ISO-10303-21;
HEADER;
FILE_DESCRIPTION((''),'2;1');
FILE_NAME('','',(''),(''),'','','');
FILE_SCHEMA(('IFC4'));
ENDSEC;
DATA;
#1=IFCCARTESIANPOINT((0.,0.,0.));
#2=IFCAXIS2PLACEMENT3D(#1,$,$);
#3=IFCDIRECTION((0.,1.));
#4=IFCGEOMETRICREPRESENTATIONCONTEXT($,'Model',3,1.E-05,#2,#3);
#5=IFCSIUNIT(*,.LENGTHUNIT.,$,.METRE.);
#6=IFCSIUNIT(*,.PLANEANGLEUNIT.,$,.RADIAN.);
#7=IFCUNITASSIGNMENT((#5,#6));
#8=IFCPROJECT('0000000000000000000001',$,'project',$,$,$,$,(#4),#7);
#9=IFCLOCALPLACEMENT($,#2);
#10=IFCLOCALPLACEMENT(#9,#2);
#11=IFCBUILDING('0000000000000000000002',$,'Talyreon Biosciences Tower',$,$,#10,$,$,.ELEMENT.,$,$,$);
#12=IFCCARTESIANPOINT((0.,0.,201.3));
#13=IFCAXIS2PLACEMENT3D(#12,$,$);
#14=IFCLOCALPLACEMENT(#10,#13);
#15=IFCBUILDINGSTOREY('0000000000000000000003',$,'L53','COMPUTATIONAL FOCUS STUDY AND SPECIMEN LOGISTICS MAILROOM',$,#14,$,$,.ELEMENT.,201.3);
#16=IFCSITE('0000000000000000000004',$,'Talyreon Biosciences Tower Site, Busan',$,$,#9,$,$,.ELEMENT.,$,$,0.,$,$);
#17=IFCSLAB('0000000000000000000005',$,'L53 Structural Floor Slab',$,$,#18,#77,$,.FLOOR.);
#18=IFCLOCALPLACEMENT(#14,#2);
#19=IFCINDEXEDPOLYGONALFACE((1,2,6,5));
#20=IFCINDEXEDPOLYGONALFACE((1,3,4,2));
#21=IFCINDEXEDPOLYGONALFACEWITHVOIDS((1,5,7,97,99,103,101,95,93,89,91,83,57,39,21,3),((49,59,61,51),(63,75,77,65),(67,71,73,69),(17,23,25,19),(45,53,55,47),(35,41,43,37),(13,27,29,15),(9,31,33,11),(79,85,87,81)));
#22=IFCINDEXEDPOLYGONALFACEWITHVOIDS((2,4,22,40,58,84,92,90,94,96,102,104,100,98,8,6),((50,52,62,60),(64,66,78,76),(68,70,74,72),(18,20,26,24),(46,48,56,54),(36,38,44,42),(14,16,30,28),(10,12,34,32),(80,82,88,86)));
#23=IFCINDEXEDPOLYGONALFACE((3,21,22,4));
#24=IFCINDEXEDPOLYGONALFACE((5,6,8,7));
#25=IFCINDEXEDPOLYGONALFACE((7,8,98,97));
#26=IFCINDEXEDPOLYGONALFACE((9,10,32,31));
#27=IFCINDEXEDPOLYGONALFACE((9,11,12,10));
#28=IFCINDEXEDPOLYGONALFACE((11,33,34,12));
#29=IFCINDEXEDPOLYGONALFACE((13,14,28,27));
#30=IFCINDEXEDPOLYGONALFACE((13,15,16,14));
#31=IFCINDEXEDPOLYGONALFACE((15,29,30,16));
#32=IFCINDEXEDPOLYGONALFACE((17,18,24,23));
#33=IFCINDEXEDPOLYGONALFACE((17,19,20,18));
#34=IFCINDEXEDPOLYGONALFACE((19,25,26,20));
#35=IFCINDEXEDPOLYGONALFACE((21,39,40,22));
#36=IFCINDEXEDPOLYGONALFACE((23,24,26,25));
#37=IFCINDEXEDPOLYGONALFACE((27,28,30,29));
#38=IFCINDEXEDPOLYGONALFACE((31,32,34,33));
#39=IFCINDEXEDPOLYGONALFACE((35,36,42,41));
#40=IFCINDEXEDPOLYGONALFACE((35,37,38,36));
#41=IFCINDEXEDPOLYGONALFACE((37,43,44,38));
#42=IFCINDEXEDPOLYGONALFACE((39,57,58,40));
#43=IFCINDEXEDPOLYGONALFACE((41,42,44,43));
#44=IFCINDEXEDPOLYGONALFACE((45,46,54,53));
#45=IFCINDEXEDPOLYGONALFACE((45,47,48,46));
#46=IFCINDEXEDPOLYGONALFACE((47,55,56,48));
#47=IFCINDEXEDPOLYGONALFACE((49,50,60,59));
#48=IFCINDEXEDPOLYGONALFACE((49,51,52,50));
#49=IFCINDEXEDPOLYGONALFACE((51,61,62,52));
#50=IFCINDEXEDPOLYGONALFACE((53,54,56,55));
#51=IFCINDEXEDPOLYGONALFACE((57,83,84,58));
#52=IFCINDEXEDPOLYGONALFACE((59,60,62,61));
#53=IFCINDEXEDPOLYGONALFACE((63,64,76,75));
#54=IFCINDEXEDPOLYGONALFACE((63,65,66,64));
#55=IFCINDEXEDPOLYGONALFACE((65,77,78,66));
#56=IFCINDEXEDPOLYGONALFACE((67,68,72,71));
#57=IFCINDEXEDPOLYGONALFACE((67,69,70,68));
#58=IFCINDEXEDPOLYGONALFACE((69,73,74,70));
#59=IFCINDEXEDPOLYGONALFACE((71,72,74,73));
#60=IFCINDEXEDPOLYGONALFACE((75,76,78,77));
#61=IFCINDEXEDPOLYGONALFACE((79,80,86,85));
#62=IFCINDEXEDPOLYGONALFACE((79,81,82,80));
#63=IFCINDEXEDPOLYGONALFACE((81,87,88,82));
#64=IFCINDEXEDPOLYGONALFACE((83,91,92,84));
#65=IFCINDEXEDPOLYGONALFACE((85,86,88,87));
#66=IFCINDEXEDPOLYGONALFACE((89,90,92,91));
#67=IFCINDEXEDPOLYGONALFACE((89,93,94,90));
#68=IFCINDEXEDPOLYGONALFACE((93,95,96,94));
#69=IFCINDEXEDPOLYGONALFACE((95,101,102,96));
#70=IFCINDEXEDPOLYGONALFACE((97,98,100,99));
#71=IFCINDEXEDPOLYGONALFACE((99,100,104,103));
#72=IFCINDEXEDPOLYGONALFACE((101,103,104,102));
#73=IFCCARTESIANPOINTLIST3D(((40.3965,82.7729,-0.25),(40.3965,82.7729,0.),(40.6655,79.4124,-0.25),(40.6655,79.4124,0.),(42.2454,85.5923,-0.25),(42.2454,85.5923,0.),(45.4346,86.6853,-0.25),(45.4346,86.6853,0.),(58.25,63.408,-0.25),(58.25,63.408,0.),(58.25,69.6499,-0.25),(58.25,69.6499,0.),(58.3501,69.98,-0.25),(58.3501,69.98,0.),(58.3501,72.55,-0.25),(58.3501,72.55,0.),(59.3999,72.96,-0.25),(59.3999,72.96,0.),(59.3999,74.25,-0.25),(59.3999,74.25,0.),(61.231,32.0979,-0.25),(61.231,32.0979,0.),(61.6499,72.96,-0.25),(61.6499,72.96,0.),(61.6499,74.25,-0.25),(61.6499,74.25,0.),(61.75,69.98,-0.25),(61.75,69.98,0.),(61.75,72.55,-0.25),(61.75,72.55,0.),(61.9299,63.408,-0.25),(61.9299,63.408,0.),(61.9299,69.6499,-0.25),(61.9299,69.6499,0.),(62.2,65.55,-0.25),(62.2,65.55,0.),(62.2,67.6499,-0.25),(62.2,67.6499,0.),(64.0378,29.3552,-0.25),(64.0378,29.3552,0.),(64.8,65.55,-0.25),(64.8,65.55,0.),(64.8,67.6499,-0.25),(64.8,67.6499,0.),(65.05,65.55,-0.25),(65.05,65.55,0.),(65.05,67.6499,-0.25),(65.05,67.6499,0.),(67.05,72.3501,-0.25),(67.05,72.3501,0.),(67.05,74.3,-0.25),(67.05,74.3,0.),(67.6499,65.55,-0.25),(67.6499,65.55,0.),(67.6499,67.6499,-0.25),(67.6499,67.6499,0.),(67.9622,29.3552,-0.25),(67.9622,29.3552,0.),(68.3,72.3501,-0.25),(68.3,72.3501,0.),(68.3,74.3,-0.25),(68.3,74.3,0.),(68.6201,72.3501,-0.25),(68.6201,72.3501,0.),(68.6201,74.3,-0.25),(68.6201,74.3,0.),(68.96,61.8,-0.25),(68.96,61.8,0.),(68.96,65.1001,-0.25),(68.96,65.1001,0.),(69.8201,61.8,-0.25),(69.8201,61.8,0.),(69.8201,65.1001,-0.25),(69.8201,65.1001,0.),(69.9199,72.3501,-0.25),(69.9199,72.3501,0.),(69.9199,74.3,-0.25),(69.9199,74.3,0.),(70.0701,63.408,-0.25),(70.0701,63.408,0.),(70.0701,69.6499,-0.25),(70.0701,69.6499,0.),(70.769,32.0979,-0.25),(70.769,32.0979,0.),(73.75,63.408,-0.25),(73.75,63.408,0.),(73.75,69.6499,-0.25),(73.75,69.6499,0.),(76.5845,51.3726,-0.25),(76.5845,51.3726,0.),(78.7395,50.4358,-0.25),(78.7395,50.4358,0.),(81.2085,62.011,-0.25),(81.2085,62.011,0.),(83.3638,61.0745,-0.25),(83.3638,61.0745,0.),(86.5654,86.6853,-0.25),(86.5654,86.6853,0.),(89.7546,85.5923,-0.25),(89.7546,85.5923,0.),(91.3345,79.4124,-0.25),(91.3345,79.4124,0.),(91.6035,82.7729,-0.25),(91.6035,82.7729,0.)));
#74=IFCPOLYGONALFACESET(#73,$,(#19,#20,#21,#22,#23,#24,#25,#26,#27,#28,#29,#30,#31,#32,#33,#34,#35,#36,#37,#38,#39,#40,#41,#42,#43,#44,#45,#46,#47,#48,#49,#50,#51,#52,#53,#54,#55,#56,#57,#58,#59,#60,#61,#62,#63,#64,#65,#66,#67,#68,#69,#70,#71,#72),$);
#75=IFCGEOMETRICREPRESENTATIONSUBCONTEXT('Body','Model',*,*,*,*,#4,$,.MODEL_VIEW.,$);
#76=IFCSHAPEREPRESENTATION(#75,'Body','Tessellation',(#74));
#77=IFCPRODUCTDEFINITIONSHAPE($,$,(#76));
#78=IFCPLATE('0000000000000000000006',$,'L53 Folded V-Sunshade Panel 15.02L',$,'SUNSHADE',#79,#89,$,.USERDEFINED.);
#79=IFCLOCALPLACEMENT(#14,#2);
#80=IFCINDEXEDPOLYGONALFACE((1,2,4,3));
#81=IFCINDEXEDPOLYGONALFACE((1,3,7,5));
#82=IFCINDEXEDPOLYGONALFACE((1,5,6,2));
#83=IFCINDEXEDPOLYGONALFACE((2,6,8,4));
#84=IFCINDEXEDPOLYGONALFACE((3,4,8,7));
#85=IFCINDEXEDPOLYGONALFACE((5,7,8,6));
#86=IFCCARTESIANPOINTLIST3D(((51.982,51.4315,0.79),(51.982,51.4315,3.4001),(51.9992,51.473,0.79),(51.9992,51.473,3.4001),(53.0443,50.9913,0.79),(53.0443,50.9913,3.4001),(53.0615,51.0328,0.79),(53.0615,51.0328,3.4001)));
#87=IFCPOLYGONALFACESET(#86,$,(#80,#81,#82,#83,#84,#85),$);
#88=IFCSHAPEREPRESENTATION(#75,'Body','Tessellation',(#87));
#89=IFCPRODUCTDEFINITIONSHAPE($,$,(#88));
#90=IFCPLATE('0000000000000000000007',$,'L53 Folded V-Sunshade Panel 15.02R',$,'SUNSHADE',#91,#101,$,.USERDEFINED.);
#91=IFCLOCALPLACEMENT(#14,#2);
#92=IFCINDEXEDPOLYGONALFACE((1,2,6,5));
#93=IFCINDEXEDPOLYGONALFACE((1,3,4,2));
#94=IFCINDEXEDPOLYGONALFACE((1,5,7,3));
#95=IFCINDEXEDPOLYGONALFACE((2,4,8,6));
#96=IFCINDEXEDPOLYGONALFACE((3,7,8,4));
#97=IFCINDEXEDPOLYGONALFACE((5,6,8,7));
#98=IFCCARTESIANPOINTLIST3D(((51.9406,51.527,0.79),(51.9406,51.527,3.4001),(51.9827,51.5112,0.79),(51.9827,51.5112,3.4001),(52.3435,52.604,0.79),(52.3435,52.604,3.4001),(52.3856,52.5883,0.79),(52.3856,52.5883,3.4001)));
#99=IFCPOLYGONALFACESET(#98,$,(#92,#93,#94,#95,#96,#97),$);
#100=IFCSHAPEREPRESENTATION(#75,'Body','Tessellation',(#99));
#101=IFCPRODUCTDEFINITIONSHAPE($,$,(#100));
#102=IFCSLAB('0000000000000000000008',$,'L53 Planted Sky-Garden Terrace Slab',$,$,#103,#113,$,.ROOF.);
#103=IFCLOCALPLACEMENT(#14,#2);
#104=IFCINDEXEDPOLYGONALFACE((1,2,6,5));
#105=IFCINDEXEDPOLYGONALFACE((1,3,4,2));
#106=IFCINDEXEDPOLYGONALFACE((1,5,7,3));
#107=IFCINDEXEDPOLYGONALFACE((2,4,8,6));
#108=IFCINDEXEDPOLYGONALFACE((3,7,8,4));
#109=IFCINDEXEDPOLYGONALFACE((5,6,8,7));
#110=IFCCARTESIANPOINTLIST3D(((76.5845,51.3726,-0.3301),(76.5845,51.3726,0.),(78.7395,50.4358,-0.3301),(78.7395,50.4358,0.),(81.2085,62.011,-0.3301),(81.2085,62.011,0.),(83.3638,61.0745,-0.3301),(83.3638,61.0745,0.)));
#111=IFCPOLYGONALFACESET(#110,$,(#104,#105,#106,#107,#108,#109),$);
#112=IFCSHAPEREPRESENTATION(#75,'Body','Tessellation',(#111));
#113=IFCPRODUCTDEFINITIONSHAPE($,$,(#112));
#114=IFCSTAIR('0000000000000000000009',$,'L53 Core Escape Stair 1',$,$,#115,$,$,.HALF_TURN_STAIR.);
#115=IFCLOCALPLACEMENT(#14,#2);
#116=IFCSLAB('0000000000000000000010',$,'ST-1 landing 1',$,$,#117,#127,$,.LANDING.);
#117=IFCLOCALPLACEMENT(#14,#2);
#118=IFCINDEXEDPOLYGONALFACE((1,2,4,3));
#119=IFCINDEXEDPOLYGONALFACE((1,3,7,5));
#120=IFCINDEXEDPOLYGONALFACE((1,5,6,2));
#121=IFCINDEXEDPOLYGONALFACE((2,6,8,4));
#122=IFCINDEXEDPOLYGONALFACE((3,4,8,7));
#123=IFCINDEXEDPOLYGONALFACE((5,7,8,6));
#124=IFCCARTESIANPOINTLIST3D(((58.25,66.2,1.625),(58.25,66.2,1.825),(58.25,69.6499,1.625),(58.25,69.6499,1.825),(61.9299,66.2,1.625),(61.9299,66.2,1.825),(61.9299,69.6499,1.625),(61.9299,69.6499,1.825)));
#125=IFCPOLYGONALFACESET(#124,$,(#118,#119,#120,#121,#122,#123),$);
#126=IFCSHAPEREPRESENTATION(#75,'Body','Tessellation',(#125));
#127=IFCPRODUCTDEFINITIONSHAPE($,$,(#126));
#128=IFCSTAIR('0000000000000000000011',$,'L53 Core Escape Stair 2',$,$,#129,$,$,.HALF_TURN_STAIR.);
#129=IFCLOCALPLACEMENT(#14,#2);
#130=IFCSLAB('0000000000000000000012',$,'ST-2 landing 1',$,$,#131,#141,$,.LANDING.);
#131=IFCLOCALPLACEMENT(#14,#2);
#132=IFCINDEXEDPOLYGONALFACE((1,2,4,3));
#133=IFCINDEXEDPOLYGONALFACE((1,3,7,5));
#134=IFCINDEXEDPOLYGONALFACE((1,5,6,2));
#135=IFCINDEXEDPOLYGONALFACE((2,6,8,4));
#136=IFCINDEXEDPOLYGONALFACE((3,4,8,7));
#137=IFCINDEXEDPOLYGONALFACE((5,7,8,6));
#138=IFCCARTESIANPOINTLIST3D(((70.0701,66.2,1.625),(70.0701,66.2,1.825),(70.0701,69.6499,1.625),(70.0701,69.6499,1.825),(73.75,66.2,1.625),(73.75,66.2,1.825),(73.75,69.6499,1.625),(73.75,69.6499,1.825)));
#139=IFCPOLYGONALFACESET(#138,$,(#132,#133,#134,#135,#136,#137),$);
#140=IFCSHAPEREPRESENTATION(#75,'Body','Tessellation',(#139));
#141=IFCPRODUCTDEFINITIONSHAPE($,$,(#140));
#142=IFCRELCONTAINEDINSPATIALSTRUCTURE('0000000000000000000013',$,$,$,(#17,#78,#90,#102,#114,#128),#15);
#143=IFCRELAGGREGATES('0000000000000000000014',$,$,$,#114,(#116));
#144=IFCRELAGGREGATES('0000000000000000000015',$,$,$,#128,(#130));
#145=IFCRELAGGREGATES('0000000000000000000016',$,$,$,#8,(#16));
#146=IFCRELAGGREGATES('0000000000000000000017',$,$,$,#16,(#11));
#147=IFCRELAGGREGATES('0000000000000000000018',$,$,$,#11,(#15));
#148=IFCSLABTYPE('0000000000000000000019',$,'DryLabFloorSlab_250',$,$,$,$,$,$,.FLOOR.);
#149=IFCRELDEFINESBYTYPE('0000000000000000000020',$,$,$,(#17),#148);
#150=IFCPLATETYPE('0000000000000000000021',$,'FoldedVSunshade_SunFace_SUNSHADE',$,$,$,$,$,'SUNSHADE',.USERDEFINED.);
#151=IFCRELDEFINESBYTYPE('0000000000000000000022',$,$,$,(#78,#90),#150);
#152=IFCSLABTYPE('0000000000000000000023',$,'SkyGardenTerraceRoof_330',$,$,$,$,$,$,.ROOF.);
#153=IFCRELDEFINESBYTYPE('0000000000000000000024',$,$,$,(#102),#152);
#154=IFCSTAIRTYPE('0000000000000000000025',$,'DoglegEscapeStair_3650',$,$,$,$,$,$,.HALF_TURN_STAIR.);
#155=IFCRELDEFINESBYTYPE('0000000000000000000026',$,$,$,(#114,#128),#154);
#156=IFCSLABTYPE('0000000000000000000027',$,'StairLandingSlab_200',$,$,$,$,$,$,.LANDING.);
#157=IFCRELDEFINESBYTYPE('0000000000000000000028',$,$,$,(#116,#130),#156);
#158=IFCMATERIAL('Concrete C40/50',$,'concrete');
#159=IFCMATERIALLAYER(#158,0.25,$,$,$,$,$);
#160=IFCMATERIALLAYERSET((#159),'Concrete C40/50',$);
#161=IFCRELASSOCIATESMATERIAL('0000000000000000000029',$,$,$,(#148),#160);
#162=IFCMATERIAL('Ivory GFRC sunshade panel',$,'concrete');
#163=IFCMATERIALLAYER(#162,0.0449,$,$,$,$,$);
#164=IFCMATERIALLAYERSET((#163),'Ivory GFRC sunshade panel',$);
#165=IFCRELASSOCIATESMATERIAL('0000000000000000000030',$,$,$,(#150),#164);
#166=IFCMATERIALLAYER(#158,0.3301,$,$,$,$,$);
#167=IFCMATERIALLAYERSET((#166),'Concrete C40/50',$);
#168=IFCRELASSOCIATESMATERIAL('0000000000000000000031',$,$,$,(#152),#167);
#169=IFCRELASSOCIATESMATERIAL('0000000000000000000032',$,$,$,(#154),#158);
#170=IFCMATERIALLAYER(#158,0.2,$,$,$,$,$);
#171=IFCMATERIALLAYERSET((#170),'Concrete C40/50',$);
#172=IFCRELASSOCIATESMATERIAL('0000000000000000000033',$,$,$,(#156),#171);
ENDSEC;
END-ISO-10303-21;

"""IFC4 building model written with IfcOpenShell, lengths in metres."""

from ifc_helpers import new_model, si_unit, direction, frame, origin, origin_2d, place, context, subcontext, project, spatial, polyline, rectangle, outline, extrude, material, layer, layer_set, type_object, element, aggregate, save


model = new_model("IFC4")

# Units and contexts
model_context = context("Model", 3, precision=1e-05, world=origin(), true_north=direction((0.0, 1.0)))
body_context = subcontext(model_context, "Body", "Model", "MODEL_VIEW")
ifc_project = project(units=[si_unit("LENGTHUNIT", "METRE"), si_unit("PLANEANGLEUNIT", "RADIAN")], contexts=[model_context])

# Site, building, storey
site_placement = place(None, origin())
site = spatial("IfcSite", under=ifc_project, at=site_placement, Name="Talyreon Biosciences Tower Site, Busan", CompositionType="ELEMENT", RefElevation=0.0)
building_placement = place(site_placement, origin())
building = spatial("IfcBuilding", under=site, at=building_placement, Name="Talyreon Biosciences Tower", CompositionType="ELEMENT")
storey_placement = place(building_placement, frame((0.0, 0.0, 201.3)))
storey = spatial("IfcBuildingStorey", under=building, at=storey_placement, Name="L53", Description="COMPUTATIONAL FOCUS STUDY AND SPECIMEN LOGISTICS MAILROOM", CompositionType="ELEMENT", Elevation=201.3)

# Slab
ifc_material_1 = material(Name="Concrete C40/50", Category="concrete")
ifc_layer_1 = layer(ifc_material_1, 0.25)
ifc_layer_set_1 = layer_set([ifc_layer_1], Name="Concrete C40/50")
slab_type_1 = type_object("IfcSlabType", Name="DryLabFloorSlab_250", PredefinedType="FLOOR", material=ifc_layer_set_1)
slab_1_placement = place(storey_placement, frame((0.0, 0.0, -0.25)))
element("IfcSlab", 1, at=slab_1_placement, inside=storey, type_object=slab_type_1, Name="L53 Structural Floor Slab", PredefinedType="FLOOR", context=body_context, shape_type="SweptSolid", body=[
    extrude(outline(polyline([(40.6655, 79.4124), (40.3965, 82.7729), (42.2454, 85.5923), (45.4346, 86.6853), (86.5654, 86.6853), (89.7546, 85.5923), (91.6035, 82.7729), (91.3345, 79.4124), (83.3638, 61.0745), (81.2085, 62.011), (76.5845, 51.3726), (78.7395, 50.4358), (70.769, 32.0979), (67.9622, 29.3552), (64.0378, 29.3552), (61.231, 32.0979), (40.6655, 79.4124)]), holes=[polyline([(69.8201, 65.1001), (69.8201, 61.8), (68.96, 61.8), (68.96, 65.1001), (69.8201, 65.1001)]), polyline([(61.9299, 69.6499), (61.9299, 63.408), (58.25, 63.408), (58.25, 69.6499), (61.9299, 69.6499)]), polyline([(73.75, 69.6499), (73.75, 63.408), (70.0701, 63.408), (70.0701, 69.6499), (73.75, 69.6499)]), polyline([(64.8, 67.6499), (64.8, 65.55), (62.2, 65.55), (62.2, 67.6499), (64.8, 67.6499)]), polyline([(67.6499, 67.6499), (67.6499, 65.55), (65.05, 65.55), (65.05, 67.6499), (67.6499, 67.6499)]), polyline([(61.75, 72.55), (61.75, 69.98), (58.3501, 69.98), (58.3501, 72.55), (61.75, 72.55)]), polyline([(68.3, 74.3), (68.3, 72.3501), (67.05, 72.3501), (67.05, 74.3), (68.3, 74.3)]), polyline([(69.9199, 72.3501), (68.6201, 72.3501), (68.6201, 74.3), (69.9199, 74.3), (69.9199, 72.3501)]), polyline([(61.6499, 72.96), (59.3999, 72.96), (59.3999, 74.25), (61.6499, 74.25), (61.6499, 72.96)])]), origin(), (0.0, 0.0, 1.0), 0.25),
])

# Plates
ifc_material_2 = material(Name="Ivory GFRC sunshade panel", Category="concrete")
ifc_layer_2 = layer(ifc_material_2, 0.0449)
ifc_layer_set_2 = layer_set([ifc_layer_2], Name="Ivory GFRC sunshade panel")
plate_type_1 = type_object("IfcPlateType", Name="FoldedVSunshade_SunFace_SUNSHADE", ElementType="SUNSHADE", PredefinedType="USERDEFINED", material=ifc_layer_set_2)
for number, where, z_axis, x_axis, name in (
    (2, (52.5217, 51.2322, 0.79), (0.0, 0.0, 1.0), (-0.923826, 0.382812, 0.0), "L53 Folded V-Sunshade Panel 15.02L"),
    (3, (52.1631, 52.0576, 0.79), (0.0, 0.0, 1.0), (0.350338, 0.936623, 0.0), "L53 Folded V-Sunshade Panel 15.02R"),
):
    element("IfcPlate", number, at=place(storey_placement, frame(where, z_axis=z_axis, x_axis=x_axis)), inside=storey, type_object=plate_type_1, Name=name, ObjectType="SUNSHADE", PredefinedType="USERDEFINED", context=body_context, shape_type="SweptSolid", body=[
        extrude(rectangle(XDim=1.1499, YDim=0.0449, at=origin_2d()), origin(), (0.0, 0.0, 1.0), 2.6101),
    ])

# Slab
ifc_layer_3 = layer(ifc_material_1, 0.3301)
ifc_layer_set_3 = layer_set([ifc_layer_3], Name="Concrete C40/50")
slab_type_2 = type_object("IfcSlabType", Name="SkyGardenTerraceRoof_330", PredefinedType="ROOF", material=ifc_layer_set_3)
slab_2_placement = place(storey_placement, frame((0.0, 0.0, -0.3301)))
element("IfcSlab", 4, at=slab_2_placement, inside=storey, type_object=slab_type_2, Name="L53 Planted Sky-Garden Terrace Slab", PredefinedType="ROOF", context=body_context, shape_type="SweptSolid", body=[
    extrude(outline(polyline([(78.7395, 50.4358), (76.5845, 51.3726), (81.2085, 62.011), (83.3638, 61.0745), (78.7395, 50.4358)])), origin(), (0.0, 0.0, 1.0), 0.3301),
])

# Stairs, slabs
stair_type = type_object("IfcStairType", Name="DoglegEscapeStair_3650", PredefinedType="HALF_TURN_STAIR", material=ifc_material_1)
stair_1_placement = place(storey_placement, origin())
stair_1 = element("IfcStair", 5, at=stair_1_placement, inside=storey, type_object=stair_type, Name="L53 Core Escape Stair 1", PredefinedType="HALF_TURN_STAIR")
ifc_layer_4 = layer(ifc_material_1, 0.2)
ifc_layer_set_4 = layer_set([ifc_layer_4], Name="Concrete C40/50")
slab_type_3 = type_object("IfcSlabType", Name="StairLandingSlab_200", PredefinedType="LANDING", material=ifc_layer_set_4)
slab_3_placement = place(storey_placement, frame((0.0, 0.0, 1.625)))
slab_3 = element("IfcSlab", 6, at=slab_3_placement, type_object=slab_type_3, Name="ST-1 landing 1", PredefinedType="LANDING", context=body_context, shape_type="SweptSolid", body=[
    extrude(outline(polyline([(61.9299, 66.2), (61.9299, 69.6499), (58.25, 69.6499), (58.25, 66.2), (61.9299, 66.2)])), origin(), (0.0, 0.0, 1.0), 0.2),
])
aggregate(stair_1, [slab_3])
stair_2_placement = place(storey_placement, origin())
stair_2 = element("IfcStair", 7, at=stair_2_placement, inside=storey, type_object=stair_type, Name="L53 Core Escape Stair 2", PredefinedType="HALF_TURN_STAIR")
slab_4_placement = place(storey_placement, frame((0.0, 0.0, 1.625)))
slab_4 = element("IfcSlab", 8, at=slab_4_placement, type_object=slab_type_3, Name="ST-2 landing 1", PredefinedType="LANDING", context=body_context, shape_type="SweptSolid", body=[
    extrude(outline(polyline([(73.75, 66.2), (73.75, 69.6499), (70.0701, 69.6499), (70.0701, 66.2), (73.75, 66.2)])), origin(), (0.0, 0.0, 1.0), 0.2),
])
aggregate(stair_2, [slab_4])

save(model, "model.ifc")
